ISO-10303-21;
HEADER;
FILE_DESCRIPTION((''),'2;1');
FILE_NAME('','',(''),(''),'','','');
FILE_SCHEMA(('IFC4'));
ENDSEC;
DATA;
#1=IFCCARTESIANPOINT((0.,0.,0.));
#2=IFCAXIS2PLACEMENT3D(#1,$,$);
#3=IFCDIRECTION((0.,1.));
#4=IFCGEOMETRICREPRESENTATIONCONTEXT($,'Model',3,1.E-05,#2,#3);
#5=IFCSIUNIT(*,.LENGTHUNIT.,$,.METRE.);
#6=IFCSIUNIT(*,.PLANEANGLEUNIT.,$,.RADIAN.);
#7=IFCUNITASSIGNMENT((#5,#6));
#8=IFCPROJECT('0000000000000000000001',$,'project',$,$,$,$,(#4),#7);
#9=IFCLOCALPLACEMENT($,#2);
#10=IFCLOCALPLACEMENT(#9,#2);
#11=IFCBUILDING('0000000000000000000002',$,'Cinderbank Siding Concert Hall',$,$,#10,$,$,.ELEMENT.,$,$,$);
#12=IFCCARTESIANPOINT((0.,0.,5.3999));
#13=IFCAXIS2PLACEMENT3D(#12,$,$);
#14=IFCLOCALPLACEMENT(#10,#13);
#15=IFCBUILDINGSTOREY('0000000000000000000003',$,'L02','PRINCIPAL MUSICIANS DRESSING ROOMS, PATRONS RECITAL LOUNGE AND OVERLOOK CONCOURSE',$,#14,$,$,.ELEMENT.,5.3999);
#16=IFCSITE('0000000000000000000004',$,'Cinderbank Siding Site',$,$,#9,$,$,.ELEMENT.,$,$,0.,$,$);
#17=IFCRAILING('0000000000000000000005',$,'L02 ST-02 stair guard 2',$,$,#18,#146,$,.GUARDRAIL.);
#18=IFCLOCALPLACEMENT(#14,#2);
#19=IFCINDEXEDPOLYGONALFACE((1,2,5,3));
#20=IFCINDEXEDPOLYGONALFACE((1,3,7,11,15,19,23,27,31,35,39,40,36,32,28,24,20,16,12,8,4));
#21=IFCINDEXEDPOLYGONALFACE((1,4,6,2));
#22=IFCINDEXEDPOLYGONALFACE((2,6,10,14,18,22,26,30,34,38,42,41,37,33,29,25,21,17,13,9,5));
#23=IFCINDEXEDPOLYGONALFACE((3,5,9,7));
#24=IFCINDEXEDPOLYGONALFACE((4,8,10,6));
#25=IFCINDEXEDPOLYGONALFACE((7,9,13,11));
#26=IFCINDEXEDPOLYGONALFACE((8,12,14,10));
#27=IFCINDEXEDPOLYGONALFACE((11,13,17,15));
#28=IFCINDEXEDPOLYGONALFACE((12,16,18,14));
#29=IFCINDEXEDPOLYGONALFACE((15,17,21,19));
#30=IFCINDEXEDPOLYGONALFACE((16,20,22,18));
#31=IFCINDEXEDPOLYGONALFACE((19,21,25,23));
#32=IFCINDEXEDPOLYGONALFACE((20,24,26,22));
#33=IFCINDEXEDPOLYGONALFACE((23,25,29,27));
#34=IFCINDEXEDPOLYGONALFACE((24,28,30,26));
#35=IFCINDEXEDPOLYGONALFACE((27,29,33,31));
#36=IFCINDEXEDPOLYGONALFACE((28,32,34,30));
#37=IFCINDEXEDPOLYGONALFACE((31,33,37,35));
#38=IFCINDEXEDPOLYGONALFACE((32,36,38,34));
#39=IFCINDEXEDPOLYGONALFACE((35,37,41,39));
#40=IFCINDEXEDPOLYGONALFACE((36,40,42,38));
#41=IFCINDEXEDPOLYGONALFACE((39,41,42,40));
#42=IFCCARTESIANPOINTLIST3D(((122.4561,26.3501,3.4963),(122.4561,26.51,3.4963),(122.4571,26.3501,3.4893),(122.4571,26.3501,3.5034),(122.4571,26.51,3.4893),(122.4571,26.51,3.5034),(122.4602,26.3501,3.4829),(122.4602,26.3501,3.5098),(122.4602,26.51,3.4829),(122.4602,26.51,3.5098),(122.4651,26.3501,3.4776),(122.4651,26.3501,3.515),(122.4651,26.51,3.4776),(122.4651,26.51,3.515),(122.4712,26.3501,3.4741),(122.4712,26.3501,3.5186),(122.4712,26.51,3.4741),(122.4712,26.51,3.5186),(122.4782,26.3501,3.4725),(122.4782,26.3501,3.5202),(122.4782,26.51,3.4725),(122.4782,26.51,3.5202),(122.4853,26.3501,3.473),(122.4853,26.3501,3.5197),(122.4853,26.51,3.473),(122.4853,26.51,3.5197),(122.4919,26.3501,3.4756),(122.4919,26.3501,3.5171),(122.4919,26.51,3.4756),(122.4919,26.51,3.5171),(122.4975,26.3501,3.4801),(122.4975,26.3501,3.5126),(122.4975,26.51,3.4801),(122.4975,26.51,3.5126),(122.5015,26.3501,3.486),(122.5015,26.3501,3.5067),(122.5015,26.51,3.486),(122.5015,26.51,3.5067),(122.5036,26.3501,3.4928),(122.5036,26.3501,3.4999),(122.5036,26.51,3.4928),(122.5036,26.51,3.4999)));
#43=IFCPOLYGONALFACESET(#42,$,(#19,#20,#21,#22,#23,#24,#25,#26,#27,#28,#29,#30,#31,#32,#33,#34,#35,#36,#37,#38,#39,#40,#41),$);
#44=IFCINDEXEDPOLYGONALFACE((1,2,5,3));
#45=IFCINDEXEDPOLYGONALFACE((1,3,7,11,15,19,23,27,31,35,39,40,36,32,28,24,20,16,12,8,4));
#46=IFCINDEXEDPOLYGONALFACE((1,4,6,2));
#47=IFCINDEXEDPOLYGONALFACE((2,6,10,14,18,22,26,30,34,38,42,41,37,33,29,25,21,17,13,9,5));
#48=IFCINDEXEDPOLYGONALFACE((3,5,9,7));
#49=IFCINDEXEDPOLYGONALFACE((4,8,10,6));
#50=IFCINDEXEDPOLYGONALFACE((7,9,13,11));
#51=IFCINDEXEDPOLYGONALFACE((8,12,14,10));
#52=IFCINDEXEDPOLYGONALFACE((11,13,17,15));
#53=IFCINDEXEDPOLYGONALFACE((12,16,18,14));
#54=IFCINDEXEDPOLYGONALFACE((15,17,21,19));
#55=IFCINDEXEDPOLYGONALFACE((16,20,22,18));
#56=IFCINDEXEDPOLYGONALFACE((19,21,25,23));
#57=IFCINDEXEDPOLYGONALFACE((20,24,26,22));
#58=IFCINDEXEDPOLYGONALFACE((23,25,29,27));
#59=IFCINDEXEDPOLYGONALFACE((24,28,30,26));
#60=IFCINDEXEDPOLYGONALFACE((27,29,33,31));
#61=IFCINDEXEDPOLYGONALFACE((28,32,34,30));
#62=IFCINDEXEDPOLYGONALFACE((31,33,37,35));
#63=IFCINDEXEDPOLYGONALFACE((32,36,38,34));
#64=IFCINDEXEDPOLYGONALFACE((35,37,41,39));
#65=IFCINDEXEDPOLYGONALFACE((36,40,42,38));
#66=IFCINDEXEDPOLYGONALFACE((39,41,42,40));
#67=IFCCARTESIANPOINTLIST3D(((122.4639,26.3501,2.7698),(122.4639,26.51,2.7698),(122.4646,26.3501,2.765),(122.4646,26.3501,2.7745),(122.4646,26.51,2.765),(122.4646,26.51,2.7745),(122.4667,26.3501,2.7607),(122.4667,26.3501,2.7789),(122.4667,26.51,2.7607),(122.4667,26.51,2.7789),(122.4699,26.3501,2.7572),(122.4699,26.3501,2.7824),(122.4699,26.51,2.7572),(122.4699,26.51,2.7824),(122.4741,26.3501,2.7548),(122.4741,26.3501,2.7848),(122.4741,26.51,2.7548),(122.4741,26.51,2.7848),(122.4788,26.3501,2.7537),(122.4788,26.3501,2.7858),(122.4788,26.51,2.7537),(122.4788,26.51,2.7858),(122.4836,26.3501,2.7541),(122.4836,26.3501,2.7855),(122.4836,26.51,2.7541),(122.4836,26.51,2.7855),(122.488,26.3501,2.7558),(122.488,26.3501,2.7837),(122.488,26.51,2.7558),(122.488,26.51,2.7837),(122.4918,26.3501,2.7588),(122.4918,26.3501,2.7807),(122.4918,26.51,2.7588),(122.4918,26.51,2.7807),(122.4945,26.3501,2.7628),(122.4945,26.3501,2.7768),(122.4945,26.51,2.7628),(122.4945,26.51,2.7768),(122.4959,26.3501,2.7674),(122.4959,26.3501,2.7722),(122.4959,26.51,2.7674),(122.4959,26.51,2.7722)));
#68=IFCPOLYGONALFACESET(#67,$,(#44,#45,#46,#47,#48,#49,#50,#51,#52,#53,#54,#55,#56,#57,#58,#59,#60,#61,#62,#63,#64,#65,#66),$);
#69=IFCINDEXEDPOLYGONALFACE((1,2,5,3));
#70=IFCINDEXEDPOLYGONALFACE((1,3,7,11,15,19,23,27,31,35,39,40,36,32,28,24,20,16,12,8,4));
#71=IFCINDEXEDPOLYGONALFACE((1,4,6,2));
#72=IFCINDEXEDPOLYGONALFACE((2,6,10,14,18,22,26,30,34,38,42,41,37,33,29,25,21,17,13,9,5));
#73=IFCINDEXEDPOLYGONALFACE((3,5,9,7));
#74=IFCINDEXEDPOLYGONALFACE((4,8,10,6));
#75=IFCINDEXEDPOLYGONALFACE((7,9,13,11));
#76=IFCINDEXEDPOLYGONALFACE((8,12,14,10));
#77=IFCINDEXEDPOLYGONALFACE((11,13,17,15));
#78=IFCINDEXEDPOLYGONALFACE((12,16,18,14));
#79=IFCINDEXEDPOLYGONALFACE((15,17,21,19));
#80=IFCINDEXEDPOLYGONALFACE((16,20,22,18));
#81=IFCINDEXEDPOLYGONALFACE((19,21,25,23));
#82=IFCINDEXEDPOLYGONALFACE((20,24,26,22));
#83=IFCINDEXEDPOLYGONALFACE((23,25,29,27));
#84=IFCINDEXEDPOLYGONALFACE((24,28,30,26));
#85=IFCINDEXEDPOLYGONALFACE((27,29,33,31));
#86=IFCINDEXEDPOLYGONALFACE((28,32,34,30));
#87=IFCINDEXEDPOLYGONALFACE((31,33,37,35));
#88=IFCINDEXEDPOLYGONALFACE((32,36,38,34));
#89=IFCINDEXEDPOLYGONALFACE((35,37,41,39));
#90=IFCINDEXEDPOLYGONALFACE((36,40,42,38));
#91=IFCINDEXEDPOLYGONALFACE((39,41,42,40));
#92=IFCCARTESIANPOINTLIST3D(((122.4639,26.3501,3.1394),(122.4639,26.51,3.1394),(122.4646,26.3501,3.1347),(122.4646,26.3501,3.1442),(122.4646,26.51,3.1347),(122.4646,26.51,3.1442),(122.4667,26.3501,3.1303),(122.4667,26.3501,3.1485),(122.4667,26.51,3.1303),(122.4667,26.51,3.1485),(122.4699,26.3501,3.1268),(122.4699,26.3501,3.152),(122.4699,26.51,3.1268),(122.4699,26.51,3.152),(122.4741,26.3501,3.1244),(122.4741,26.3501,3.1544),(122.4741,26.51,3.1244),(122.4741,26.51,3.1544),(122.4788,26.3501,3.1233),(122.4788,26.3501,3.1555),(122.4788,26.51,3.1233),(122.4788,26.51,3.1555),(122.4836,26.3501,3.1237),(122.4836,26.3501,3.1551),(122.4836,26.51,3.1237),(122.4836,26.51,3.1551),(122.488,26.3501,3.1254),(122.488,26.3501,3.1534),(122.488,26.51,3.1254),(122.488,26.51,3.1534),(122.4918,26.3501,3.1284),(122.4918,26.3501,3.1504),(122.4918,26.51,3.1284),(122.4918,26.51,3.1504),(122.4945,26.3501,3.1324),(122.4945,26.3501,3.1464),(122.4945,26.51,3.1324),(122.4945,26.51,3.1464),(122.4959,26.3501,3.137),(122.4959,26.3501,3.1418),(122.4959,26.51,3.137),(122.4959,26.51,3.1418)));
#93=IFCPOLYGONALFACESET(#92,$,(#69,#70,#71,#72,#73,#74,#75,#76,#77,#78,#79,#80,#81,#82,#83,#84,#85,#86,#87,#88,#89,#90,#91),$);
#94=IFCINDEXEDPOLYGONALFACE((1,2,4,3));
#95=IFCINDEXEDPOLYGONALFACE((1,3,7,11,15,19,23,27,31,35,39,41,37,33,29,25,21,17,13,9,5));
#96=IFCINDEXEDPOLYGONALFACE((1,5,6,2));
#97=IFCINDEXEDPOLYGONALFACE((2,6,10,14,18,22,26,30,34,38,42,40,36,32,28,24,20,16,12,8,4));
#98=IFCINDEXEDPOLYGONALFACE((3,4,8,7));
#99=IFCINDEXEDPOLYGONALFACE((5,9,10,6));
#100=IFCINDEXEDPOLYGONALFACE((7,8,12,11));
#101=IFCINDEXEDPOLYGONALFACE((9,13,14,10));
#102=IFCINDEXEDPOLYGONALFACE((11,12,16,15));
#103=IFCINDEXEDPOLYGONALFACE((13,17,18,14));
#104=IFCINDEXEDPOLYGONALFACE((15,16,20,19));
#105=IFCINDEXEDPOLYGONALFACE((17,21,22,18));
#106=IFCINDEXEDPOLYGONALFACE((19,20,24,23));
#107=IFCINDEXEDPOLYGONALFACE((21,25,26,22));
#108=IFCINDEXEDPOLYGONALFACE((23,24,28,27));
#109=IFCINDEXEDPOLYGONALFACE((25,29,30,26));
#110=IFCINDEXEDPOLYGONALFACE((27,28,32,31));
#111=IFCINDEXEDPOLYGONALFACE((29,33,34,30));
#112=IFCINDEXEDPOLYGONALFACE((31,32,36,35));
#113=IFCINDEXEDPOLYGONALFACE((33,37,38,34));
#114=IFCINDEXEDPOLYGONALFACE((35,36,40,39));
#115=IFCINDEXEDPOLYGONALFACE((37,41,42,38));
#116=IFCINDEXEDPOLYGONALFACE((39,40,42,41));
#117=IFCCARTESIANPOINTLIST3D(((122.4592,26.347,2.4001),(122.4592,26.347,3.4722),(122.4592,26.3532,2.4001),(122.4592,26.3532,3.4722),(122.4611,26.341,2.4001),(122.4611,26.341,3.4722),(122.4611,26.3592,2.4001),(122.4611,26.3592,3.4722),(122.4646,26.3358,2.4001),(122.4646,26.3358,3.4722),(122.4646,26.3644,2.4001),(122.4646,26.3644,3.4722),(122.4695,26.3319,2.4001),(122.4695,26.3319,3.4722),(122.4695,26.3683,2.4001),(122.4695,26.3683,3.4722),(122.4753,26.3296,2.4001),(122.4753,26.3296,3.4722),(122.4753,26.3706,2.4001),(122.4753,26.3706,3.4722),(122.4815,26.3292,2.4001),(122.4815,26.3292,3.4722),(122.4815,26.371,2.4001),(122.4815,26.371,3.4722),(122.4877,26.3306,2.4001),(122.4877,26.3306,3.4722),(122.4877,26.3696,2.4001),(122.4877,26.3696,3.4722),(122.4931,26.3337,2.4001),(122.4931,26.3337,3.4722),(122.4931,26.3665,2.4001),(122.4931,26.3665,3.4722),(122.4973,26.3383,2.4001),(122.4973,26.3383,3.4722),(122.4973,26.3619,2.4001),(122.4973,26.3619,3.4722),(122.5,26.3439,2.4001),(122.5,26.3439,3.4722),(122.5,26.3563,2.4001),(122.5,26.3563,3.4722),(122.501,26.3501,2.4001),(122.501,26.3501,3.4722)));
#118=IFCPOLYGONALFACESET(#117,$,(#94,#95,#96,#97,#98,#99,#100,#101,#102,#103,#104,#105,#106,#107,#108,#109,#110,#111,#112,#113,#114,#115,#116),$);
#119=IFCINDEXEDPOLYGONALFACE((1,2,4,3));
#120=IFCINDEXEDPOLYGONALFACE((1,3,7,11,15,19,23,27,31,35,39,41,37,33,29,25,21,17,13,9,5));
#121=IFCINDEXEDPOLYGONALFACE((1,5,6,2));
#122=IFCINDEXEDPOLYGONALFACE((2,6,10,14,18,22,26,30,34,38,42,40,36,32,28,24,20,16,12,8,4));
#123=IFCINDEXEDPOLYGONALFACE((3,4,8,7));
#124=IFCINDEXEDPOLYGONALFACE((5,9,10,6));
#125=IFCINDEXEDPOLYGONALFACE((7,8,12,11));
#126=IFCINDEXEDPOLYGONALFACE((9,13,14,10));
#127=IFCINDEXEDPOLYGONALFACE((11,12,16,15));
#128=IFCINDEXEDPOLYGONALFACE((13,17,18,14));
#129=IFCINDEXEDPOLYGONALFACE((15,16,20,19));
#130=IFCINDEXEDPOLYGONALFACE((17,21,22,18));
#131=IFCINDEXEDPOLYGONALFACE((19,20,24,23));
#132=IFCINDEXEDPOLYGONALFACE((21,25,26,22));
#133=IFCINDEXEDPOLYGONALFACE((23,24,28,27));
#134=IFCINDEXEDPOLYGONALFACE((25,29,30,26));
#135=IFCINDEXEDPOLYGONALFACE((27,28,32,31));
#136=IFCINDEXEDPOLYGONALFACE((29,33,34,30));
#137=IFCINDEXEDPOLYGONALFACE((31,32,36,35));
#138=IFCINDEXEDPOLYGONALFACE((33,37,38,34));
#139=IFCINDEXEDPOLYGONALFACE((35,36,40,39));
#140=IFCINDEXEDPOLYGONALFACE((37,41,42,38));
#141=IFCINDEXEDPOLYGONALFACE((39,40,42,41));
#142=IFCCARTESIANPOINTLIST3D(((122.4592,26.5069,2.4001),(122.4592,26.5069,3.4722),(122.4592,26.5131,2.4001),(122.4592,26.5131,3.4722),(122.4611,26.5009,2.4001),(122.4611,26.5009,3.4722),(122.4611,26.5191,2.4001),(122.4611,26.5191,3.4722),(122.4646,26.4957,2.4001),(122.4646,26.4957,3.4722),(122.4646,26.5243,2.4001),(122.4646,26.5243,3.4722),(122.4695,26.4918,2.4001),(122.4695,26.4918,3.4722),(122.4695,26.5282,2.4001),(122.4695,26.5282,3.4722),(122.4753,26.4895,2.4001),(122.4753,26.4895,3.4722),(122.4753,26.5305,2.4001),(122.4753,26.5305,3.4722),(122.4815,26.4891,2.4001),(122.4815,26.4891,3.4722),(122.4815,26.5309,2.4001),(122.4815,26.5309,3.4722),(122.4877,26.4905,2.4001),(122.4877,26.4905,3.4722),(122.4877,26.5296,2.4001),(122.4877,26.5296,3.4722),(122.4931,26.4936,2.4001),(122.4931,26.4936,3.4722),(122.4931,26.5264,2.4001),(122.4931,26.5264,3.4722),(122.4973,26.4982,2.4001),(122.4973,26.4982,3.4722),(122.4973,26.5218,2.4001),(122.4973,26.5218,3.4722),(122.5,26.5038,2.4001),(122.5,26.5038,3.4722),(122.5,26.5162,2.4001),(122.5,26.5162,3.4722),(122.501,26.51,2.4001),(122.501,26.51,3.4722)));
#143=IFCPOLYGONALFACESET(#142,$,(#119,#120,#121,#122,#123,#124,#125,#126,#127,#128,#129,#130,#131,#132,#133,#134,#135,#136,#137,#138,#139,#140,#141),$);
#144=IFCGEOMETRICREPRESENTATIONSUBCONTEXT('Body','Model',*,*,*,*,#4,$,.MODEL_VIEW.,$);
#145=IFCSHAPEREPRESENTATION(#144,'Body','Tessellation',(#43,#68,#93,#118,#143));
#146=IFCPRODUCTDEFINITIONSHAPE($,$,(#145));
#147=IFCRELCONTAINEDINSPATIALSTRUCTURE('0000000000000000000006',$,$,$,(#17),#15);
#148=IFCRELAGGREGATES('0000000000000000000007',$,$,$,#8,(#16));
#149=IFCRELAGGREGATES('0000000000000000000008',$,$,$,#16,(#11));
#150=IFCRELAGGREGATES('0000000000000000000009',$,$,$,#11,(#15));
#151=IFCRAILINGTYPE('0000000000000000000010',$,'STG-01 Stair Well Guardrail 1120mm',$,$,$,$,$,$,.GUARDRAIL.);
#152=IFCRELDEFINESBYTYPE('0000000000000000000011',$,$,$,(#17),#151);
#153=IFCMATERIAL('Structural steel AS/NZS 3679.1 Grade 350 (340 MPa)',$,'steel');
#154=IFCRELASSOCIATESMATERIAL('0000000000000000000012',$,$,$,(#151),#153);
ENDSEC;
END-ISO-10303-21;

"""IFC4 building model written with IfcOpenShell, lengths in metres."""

from ifc_helpers import new_model, si_unit, direction, frame, origin, origin_2d, place, context, subcontext, project, spatial, circle, extrude, material, type_object, element, save


model = new_model("IFC4")

# Units and contexts
model_context = context("Model", 3, precision=1e-05, world=origin(), true_north=direction((0.0, 1.0)))
body_context = subcontext(model_context, "Body", "Model", "MODEL_VIEW")
ifc_project = project(units=[si_unit("LENGTHUNIT", "METRE"), si_unit("PLANEANGLEUNIT", "RADIAN")], contexts=[model_context])

# Site, building, storey
site_placement = place(None, origin())
site = spatial("IfcSite", under=ifc_project, at=site_placement, Name="Cinderbank Siding Site", CompositionType="ELEMENT", RefElevation=0.0)
building_placement = place(site_placement, origin())
building = spatial("IfcBuilding", under=site, at=building_placement, Name="Cinderbank Siding Concert Hall", CompositionType="ELEMENT")
storey_placement = place(building_placement, frame((0.0, 0.0, 5.3999)))
storey = spatial("IfcBuildingStorey", under=building, at=storey_placement, Name="L02", Description="PRINCIPAL MUSICIANS DRESSING ROOMS, PATRONS RECITAL LOUNGE AND OVERLOOK CONCOURSE", CompositionType="ELEMENT", Elevation=5.3999)

# Shared definitions
ifc_material_1 = material(Name="Structural steel AS/NZS 3679.1 Grade 350 (340 MPa)", Category="steel")

# Railing
railing_type_1 = type_object("IfcRailingType", Name="STG-01 Stair Well Guardrail 1120mm", PredefinedType="GUARDRAIL", material=ifc_material_1)
railing_1_placement = place(storey_placement, frame((122.48, 26.3501, 2.4001)))
element("IfcRailing", 1, at=railing_1_placement, inside=storey, type_object=railing_type_1, Name="L02 ST-02 stair guard 2", PredefinedType="GUARDRAIL", context=body_context, shape_type="SweptSolid", body=[
    extrude(circle(Radius=0.0239, at=origin_2d()), frame((0.0, 0.0, 1.0962), z_axis=(0.0, 1.0, 0.0), x_axis=(-1.0, 0.0, 0.0)), (0.0, 0.0, 1.0), 0.1599),
    extrude(circle(Radius=0.0161, at=origin_2d()), frame((0.0, 0.0, 0.3696), z_axis=(0.0, 1.0, 0.0), x_axis=(-1.0, 0.0, 0.0)), (0.0, 0.0, 1.0), 0.1599),
    extrude(circle(Radius=0.0161, at=origin_2d()), frame((0.0, 0.0, 0.7393), z_axis=(0.0, 1.0, 0.0), x_axis=(-1.0, 0.0, 0.0)), (0.0, 0.0, 1.0), 0.1599),
    extrude(circle(Radius=0.021, at=origin_2d()), origin(), (0.0, 0.0, 1.0), 1.072),
    extrude(circle(Radius=0.021, at=origin_2d()), frame((0.0, 0.1599, 0.0)), (0.0, 0.0, 1.0), 1.072),
])

save(model, "model.ifc")
